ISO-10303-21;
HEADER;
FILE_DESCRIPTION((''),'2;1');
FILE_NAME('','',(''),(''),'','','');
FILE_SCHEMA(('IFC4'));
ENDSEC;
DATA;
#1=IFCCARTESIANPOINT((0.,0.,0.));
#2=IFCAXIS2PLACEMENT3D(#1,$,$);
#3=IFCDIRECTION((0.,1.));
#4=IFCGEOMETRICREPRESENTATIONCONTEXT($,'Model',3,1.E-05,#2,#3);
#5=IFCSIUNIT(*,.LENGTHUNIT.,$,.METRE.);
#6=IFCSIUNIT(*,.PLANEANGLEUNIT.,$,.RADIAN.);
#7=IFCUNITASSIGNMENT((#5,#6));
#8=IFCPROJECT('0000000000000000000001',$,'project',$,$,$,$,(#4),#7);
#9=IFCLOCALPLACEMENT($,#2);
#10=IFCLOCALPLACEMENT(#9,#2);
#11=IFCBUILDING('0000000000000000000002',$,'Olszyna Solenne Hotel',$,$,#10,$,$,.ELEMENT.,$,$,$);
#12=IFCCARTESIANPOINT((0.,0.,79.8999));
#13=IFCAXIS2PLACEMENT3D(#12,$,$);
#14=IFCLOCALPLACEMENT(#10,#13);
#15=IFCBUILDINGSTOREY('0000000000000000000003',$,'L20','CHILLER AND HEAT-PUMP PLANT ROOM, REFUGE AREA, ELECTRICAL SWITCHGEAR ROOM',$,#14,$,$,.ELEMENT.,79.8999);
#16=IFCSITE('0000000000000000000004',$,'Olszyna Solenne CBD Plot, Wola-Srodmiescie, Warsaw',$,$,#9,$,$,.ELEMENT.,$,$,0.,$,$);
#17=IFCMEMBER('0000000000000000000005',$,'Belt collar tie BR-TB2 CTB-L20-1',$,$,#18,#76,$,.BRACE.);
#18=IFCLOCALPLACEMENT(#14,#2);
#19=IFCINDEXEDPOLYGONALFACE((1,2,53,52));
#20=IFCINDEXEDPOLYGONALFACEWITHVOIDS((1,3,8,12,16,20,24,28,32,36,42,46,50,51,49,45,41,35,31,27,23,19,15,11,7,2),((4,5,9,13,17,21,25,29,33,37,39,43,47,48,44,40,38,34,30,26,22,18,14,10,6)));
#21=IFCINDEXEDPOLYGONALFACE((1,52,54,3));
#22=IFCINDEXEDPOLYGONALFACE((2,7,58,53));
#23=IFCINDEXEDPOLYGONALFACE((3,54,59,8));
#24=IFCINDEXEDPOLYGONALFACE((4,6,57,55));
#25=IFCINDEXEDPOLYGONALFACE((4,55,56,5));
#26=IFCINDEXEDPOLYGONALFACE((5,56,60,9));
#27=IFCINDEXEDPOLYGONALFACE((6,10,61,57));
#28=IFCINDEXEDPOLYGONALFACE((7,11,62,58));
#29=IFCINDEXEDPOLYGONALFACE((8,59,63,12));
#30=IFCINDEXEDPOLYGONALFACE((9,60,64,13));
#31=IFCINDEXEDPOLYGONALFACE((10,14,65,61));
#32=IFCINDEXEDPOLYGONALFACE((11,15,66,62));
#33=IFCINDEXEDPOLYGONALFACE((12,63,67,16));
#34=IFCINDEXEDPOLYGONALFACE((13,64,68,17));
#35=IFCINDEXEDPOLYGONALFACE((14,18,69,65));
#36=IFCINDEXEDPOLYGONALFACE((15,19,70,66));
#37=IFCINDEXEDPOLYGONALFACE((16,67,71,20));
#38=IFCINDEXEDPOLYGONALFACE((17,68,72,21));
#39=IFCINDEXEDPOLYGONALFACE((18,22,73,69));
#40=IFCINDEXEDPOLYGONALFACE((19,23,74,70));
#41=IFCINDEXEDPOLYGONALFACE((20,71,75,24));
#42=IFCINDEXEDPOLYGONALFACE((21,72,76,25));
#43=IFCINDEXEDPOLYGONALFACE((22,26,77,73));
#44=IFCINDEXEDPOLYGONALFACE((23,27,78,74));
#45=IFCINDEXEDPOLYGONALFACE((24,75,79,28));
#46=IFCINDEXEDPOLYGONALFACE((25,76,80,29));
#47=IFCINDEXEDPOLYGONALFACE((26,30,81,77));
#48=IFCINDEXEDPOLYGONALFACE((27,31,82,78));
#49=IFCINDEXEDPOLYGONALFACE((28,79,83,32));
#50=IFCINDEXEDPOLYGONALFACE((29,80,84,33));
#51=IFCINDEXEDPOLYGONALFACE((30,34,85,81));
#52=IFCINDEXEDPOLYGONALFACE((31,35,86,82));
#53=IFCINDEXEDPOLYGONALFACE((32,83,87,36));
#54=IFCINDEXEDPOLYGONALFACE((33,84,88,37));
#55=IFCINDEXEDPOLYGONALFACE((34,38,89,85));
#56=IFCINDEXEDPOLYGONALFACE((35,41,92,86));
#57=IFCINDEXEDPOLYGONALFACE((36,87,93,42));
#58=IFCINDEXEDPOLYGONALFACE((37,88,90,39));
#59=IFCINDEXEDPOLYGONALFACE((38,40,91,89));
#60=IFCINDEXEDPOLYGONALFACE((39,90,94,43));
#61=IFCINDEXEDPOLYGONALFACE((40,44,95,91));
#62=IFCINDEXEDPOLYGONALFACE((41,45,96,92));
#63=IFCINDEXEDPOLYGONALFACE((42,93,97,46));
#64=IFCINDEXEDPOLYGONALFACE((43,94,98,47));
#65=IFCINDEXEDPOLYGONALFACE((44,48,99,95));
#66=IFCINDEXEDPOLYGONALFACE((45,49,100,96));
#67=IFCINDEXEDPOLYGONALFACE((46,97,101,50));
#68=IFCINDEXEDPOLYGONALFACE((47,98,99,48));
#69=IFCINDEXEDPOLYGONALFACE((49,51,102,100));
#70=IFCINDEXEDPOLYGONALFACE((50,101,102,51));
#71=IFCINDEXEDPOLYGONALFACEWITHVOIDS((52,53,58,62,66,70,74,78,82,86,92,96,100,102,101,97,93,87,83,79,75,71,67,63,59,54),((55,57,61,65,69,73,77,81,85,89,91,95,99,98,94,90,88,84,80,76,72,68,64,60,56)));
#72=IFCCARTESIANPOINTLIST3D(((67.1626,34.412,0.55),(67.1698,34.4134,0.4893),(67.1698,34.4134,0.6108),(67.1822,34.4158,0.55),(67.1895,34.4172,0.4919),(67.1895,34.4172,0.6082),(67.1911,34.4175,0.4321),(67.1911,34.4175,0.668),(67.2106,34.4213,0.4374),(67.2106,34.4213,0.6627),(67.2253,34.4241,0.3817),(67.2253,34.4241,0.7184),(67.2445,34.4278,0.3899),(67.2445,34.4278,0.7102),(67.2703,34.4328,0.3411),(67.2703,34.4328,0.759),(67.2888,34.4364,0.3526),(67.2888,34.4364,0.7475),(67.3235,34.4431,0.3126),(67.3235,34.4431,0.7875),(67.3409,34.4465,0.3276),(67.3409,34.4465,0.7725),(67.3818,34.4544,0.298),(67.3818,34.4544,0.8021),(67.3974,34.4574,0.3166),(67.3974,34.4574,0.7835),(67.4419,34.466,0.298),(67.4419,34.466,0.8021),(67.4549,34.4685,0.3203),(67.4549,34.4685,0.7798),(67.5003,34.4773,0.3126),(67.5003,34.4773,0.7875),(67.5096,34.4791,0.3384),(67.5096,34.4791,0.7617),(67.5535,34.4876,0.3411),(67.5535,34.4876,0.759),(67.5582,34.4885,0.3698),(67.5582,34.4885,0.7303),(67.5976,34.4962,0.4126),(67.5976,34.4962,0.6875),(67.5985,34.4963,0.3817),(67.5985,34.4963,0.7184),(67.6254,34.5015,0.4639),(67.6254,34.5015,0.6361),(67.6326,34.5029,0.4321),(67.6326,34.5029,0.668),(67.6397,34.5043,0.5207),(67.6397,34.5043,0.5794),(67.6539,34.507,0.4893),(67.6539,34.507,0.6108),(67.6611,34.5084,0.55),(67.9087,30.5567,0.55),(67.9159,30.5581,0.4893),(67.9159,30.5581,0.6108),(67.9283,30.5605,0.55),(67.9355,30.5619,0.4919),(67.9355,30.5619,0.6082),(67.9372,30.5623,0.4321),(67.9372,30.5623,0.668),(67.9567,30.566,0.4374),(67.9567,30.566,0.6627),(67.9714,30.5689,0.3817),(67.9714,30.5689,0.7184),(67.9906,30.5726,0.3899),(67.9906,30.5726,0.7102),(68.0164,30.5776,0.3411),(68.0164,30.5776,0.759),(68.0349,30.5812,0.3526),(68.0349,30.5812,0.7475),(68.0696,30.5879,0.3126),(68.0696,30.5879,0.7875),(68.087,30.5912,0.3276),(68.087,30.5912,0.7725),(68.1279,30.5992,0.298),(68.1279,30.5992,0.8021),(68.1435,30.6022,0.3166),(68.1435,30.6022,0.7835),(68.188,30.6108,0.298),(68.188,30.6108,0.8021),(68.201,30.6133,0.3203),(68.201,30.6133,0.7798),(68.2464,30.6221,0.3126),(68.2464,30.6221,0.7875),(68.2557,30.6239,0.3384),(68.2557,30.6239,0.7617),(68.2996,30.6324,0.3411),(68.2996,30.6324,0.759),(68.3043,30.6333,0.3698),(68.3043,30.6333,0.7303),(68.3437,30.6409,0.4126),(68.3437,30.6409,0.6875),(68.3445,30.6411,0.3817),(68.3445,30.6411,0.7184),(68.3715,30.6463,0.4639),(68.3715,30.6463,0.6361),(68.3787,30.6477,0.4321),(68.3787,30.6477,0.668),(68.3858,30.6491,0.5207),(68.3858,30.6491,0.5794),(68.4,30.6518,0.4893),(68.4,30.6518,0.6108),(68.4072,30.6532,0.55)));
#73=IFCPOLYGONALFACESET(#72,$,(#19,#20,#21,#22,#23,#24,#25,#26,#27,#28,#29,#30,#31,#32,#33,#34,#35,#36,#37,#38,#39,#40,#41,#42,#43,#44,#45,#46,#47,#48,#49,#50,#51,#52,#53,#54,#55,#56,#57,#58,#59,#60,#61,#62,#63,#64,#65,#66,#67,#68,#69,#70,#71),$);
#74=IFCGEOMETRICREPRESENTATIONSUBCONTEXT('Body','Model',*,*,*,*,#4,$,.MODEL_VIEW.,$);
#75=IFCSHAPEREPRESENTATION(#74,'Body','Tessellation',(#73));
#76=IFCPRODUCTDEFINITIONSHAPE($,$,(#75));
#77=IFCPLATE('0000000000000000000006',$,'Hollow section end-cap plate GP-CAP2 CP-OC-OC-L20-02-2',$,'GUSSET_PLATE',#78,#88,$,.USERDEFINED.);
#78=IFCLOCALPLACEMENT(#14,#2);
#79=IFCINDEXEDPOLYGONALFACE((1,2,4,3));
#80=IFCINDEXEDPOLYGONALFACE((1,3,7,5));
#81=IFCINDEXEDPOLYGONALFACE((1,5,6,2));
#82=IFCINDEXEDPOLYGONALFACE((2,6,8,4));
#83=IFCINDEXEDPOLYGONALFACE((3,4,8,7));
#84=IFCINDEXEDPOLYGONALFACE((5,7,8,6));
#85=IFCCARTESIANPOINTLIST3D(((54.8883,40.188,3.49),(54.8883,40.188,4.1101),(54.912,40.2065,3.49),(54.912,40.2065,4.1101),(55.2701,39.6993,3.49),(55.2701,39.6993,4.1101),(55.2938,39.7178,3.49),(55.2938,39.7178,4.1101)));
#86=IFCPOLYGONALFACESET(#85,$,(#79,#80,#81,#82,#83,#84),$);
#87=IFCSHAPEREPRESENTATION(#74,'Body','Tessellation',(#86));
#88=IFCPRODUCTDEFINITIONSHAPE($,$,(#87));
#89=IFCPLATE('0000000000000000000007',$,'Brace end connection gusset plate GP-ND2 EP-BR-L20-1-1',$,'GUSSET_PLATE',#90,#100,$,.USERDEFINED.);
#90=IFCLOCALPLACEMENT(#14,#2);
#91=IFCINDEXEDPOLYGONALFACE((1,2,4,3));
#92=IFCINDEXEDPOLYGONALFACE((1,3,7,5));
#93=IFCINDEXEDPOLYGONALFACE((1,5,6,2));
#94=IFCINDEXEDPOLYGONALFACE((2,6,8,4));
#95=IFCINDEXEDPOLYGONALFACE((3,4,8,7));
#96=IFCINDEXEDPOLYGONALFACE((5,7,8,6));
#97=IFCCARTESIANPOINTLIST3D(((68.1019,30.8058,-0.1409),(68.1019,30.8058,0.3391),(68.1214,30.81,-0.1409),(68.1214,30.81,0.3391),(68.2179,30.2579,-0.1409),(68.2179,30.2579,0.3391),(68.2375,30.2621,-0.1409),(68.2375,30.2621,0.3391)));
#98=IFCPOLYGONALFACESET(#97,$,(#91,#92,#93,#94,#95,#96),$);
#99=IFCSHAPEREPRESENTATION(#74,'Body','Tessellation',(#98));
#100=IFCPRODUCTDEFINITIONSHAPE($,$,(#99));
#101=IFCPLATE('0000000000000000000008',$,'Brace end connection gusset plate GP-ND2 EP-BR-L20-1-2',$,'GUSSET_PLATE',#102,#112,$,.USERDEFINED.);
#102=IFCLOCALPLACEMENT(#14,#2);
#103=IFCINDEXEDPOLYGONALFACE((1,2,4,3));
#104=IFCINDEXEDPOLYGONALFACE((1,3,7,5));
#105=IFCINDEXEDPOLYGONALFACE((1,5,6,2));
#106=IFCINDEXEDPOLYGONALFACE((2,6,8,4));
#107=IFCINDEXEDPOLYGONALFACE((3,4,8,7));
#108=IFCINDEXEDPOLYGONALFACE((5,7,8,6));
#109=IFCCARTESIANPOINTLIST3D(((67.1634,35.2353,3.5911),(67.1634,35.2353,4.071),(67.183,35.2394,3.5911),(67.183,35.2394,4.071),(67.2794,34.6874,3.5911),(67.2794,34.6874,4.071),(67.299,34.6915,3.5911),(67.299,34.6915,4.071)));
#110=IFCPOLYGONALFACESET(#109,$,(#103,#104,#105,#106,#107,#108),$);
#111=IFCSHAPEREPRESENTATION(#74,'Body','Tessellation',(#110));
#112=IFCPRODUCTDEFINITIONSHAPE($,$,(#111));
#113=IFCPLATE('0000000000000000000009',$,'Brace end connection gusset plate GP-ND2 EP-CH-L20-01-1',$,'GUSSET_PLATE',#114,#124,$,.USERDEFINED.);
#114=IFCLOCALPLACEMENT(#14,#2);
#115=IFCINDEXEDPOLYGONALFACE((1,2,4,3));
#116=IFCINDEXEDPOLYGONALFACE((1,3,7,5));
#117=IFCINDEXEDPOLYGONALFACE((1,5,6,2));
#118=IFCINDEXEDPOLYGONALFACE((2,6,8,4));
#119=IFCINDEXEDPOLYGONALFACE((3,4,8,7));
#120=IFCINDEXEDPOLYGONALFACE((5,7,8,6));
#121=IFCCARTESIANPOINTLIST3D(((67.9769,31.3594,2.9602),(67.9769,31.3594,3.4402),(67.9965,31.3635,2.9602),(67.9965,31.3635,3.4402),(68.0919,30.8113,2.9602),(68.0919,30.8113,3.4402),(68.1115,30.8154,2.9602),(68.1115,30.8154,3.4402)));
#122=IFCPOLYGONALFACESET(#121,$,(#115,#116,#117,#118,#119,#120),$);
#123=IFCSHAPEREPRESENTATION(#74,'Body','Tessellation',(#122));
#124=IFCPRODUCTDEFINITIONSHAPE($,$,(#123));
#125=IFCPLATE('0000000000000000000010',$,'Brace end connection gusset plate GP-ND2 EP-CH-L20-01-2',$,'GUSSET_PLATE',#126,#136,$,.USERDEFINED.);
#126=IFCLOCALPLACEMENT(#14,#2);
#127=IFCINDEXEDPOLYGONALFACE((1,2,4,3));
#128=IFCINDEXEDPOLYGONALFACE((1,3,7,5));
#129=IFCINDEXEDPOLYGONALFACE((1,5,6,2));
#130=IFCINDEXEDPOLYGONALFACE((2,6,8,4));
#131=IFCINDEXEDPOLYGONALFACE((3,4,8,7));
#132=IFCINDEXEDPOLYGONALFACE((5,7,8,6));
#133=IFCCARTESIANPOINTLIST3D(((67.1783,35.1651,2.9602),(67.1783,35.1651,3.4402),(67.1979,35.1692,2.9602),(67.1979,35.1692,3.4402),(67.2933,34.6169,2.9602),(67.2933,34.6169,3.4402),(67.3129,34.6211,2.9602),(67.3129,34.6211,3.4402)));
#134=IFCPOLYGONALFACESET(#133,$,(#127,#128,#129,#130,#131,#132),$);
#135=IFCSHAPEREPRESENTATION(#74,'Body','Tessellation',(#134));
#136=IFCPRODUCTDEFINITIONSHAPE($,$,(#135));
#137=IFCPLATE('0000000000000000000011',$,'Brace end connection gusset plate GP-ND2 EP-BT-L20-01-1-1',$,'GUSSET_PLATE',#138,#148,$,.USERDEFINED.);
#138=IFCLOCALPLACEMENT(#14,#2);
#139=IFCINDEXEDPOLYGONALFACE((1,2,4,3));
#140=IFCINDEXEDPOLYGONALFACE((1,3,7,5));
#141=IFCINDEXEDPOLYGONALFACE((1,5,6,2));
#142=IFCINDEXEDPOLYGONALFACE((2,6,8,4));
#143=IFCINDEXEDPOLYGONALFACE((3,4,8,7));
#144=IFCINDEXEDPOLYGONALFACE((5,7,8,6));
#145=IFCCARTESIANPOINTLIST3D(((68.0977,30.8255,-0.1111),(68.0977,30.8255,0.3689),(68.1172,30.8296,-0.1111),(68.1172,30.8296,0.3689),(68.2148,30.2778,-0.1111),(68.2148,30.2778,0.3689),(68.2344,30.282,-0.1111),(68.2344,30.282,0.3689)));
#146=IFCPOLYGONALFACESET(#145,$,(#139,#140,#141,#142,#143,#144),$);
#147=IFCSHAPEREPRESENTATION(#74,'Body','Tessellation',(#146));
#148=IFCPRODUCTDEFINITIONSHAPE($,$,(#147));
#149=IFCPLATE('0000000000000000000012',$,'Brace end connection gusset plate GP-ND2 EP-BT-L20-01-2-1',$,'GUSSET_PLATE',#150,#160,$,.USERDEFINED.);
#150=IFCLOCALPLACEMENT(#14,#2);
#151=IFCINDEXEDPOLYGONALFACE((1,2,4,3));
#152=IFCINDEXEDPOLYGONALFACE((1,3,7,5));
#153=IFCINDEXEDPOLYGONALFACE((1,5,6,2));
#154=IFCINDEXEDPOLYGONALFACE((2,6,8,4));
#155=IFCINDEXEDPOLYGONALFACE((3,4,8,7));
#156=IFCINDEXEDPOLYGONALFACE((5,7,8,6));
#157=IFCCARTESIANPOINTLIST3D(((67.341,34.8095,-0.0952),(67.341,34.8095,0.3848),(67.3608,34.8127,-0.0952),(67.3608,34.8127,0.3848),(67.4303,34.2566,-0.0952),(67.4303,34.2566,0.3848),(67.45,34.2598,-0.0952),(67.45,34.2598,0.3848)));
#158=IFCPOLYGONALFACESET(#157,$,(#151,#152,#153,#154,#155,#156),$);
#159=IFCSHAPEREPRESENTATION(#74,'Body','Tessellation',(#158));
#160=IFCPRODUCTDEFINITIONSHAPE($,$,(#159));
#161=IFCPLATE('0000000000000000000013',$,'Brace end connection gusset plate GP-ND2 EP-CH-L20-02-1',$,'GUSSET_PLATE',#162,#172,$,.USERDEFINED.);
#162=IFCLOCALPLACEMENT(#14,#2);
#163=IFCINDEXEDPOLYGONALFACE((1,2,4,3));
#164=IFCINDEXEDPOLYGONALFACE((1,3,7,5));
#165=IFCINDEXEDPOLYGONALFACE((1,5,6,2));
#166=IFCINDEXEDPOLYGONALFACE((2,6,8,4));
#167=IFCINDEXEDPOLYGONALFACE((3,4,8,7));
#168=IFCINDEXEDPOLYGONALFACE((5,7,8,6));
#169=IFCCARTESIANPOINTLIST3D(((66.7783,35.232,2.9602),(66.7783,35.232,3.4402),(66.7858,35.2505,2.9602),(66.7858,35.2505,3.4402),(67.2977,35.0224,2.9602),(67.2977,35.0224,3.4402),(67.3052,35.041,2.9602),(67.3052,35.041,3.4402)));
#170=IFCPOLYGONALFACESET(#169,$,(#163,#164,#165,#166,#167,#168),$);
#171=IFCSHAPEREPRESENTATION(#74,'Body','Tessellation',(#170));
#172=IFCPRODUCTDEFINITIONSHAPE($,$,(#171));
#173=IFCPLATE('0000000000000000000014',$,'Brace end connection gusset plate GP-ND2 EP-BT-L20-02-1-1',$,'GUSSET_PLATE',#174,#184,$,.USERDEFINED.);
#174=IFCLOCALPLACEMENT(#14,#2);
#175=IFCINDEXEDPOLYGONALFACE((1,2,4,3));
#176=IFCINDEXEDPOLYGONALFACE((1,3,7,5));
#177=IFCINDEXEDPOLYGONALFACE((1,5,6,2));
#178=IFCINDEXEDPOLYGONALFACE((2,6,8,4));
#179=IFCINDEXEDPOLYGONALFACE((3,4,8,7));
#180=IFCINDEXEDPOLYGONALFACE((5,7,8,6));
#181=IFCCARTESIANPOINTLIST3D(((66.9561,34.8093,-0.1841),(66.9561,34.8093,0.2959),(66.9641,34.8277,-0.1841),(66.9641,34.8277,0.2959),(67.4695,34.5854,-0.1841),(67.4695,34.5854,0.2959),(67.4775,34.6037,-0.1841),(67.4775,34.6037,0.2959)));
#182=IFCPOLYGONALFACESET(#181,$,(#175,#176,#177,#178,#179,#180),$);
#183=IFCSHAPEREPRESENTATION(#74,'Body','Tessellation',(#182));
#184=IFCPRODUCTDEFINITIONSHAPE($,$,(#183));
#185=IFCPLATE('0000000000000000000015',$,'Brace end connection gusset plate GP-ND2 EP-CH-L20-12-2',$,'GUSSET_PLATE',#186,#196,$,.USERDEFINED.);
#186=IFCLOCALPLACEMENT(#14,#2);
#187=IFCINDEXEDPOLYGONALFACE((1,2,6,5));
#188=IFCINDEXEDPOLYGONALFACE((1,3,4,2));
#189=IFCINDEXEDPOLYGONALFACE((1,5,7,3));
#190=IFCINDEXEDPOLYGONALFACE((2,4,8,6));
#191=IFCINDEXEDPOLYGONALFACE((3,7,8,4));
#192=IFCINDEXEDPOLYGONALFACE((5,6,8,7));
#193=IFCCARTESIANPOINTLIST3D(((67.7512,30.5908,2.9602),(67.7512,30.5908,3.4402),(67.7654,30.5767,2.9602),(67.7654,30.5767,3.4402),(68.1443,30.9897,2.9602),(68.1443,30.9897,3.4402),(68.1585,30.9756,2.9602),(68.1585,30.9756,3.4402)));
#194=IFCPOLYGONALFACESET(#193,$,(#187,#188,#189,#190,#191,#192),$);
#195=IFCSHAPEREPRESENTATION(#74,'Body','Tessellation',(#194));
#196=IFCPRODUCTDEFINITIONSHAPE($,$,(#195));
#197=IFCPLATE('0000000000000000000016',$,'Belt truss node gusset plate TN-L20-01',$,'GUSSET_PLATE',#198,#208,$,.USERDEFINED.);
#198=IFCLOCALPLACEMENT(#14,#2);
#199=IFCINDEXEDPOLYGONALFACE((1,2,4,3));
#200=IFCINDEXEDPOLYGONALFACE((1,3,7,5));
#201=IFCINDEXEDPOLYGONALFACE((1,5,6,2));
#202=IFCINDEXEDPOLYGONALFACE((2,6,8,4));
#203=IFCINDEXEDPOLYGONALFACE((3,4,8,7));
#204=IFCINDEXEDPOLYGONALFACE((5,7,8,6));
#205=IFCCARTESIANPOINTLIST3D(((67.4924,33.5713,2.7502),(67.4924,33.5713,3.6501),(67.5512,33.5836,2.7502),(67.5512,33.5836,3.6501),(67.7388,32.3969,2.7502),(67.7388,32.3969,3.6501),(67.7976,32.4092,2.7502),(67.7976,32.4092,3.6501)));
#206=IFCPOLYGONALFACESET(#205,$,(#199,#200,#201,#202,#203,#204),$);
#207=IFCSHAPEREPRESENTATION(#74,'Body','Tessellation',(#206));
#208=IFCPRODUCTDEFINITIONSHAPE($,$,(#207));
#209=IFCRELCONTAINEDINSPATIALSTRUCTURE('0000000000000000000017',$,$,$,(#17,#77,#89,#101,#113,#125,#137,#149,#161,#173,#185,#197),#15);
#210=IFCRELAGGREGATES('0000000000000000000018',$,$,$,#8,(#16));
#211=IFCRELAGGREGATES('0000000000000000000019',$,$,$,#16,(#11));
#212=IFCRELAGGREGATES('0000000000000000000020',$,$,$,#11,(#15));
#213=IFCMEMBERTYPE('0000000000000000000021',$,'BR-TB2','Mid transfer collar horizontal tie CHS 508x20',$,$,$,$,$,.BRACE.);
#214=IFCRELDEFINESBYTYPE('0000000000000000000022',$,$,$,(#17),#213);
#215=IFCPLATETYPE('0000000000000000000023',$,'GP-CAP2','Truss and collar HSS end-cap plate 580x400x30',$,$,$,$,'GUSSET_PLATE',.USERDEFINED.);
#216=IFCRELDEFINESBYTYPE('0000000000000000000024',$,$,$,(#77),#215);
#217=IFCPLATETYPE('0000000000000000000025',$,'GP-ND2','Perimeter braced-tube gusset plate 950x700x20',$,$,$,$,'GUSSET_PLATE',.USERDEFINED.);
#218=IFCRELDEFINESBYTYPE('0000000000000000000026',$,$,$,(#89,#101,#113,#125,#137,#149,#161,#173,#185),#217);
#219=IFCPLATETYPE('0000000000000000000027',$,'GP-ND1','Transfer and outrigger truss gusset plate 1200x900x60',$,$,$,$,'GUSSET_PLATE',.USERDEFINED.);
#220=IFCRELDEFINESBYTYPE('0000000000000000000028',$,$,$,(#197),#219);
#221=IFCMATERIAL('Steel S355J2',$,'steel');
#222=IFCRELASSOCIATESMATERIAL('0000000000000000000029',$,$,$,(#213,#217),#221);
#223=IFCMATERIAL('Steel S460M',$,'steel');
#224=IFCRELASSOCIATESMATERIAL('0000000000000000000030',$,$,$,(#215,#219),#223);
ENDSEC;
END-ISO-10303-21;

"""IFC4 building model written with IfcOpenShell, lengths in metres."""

from ifc_helpers import new_model, si_unit, direction, frame, origin, origin_2d, place, context, subcontext, project, spatial, rectangle, hollow_circle, extrude, source, transform, mapped, material, material_profile, profile_set, type_object, element, save


model = new_model("IFC4")

# Units and contexts
model_context = context("Model", 3, precision=1e-05, world=origin(), true_north=direction((0.0, 1.0)))
body_context = subcontext(model_context, "Body", "Model", "MODEL_VIEW")
ifc_project = project(units=[si_unit("LENGTHUNIT", "METRE"), si_unit("PLANEANGLEUNIT", "RADIAN")], contexts=[model_context])

# Site, building, storey
site_placement = place(None, origin())
site = spatial("IfcSite", under=ifc_project, at=site_placement, Name="Olszyna Solenne CBD Plot, Wola-Srodmiescie, Warsaw", CompositionType="ELEMENT", RefElevation=0.0)
building_placement = place(site_placement, origin())
building = spatial("IfcBuilding", under=site, at=building_placement, Name="Olszyna Solenne Hotel", CompositionType="ELEMENT")
storey_placement = place(building_placement, frame((0.0, 0.0, 79.8999)))
storey = spatial("IfcBuildingStorey", under=building, at=storey_placement, Name="L20", Description="CHILLER AND HEAT-PUMP PLANT ROOM, REFUGE AREA, ELECTRICAL SWITCHGEAR ROOM", CompositionType="ELEMENT", Elevation=79.8999)

# Shared definitions
ifc_material_1 = material(Name="Steel S460M", Category="steel")

# Shared definitions
ifc_material_2 = material(Name="Steel S355J2", Category="steel")

# Member
ifc_material_profile_1 = material_profile(ifc_material_2, hollow_circle(Radius=0.2539, WallThickness=0.02, at=origin_2d()), Name="CHS 508x20", Category="load-bearing")
ifc_profile_set_1 = profile_set([ifc_material_profile_1], Name="Steel S355J2")
member_type_1 = type_object("IfcMemberType", Name="BR-TB2", Description="Mid transfer collar horizontal tie CHS 508x20", PredefinedType="BRACE", material=ifc_profile_set_1)
shared_shape_1 = source(origin(), body_context, "Body", "SweptSolid", [
    extrude(hollow_circle(Radius=0.2539, WallThickness=0.02, at=origin_2d()), origin(), (0.0, 0.0, 1.0), 3.9268),
])
member_1_placement = place(storey_placement, frame((68.158, 30.605, 0.55), z_axis=(-0.190003, 0.981784, 0.0), x_axis=(-0.981784, -0.190003, 0.0)))
element("IfcMember", 1, at=member_1_placement, inside=storey, type_object=member_type_1, Name="Belt collar tie BR-TB2 CTB-L20-1", PredefinedType="BRACE", context=body_context, shape_type="MappedRepresentation", body=[
    mapped(shared_shape_1, transform((0.0, 0.0, 0.0), x_axis=(1.0, 0.0, 0.0), y_axis=(0.0, 1.0, 0.0), z_axis=(0.0, 0.0, 1.0), scale=1.0)),
])

# Plates
plate_type_1 = type_object("IfcPlateType", Name="GP-CAP2", Description="Truss and collar HSS end-cap plate 580x400x30", ElementType="GUSSET_PLATE", PredefinedType="USERDEFINED", material=ifc_material_1)
shared_shape_2 = source(origin(), body_context, "Body", "SweptSolid", [
    extrude(rectangle(XDim=0.03, YDim=0.6201, at=origin_2d()), origin(), (0.0, 0.0, 1.0), 0.6201),
])
plate_1_placement = place(storey_placement, frame((55.0911, 39.9529, 3.49), z_axis=(0.0, 0.0, 1.0), x_axis=(0.788011, 0.615661, 0.0)))
element("IfcPlate", 2, at=plate_1_placement, inside=storey, type_object=plate_type_1, Name="Hollow section end-cap plate GP-CAP2 CP-OC-OC-L20-02-2", ObjectType="GUSSET_PLATE", PredefinedType="USERDEFINED", context=body_context, shape_type="MappedRepresentation", body=[
    mapped(shared_shape_2, transform((0.0, 0.0, 0.0), x_axis=(1.0, 0.0, 0.0), y_axis=(0.0, 1.0, 0.0), z_axis=(0.0, 0.0, 1.0), scale=1.0)),
])
plate_type_2 = type_object("IfcPlateType", Name="GP-ND2", Description="Perimeter braced-tube gusset plate 950x700x20", ElementType="GUSSET_PLATE", PredefinedType="USERDEFINED", material=ifc_material_2)
shared_shape_3 = source(origin(), body_context, "Body", "SweptSolid", [
    extrude(rectangle(XDim=0.5601, YDim=0.02, at=origin_2d()), origin(), (0.0, 0.0, 1.0), 0.48),
])
for number, where, z_axis, x_axis, name in (
    (3, (68.1697, 30.5339, -0.1409), (0.0, 0.0, 1.0), (-0.207229, 0.978293, 0.0), "Brace end connection gusset plate GP-ND2 EP-BR-L20-1-1"),
    (4, (67.2312, 34.9634, 3.5911), (0.0, 0.0, 1.0), (-0.207229, 0.978293, 0.0), "Brace end connection gusset plate GP-ND2 EP-BR-L20-1-2"),
    (5, (68.0442, 31.0874, 2.9602), (0.0, 0.0, 1.0), (-0.20535, 0.978689, 0.0), "Brace end connection gusset plate GP-ND2 EP-CH-L20-01-1"),
    (6, (67.2456, 34.8931, 2.9602), (0.0, 0.0, 1.0), (-0.20535, 0.978689, 0.0), "Brace end connection gusset plate GP-ND2 EP-CH-L20-01-2"),
    (7, (68.166, 30.5537, -0.1111), (0.0, 0.0, 1.0), (-0.209107, 0.977893, 0.0), "Brace end connection gusset plate GP-ND2 EP-BT-L20-01-1-1"),
    (8, (67.3955, 34.5347, -0.0952), (0.0, 0.0, 1.0), (0.159364, -0.98722, 0.0), "Brace end connection gusset plate GP-ND2 EP-BT-L20-01-2-1"),
    (9, (67.0417, 35.1365, 2.9602), (0.0, 0.0, 1.0), (-0.92738, 0.374121, 0.0), "Brace end connection gusset plate GP-ND2 EP-CH-L20-02-1"),
    (10, (67.2168, 34.7065, -0.1841), (0.0, 0.0, 1.0), (-0.916572, 0.399869, 0.0), "Brace end connection gusset plate GP-ND2 EP-BT-L20-02-1-1"),
    (11, (67.9548, 30.7832, 2.9602), (0.0, 0.0, 1.0), (0.701904, 0.712271, 0.0), "Brace end connection gusset plate GP-ND2 EP-CH-L20-12-2"),
):
    element("IfcPlate", number, at=place(storey_placement, frame(where, z_axis=z_axis, x_axis=x_axis)), inside=storey, type_object=plate_type_2, Name=name, ObjectType="GUSSET_PLATE", PredefinedType="USERDEFINED", context=body_context, shape_type="MappedRepresentation", body=[
        mapped(shared_shape_3, transform((0.0, 0.0, 0.0), x_axis=(1.0, 0.0, 0.0), y_axis=(0.0, 1.0, 0.0), z_axis=(0.0, 0.0, 1.0), scale=1.0)),
    ])
plate_type_3 = type_object("IfcPlateType", Name="GP-ND1", Description="Transfer and outrigger truss gusset plate 1200x900x60", ElementType="GUSSET_PLATE", PredefinedType="USERDEFINED", material=ifc_material_1)
shared_shape_4 = source(origin(), body_context, "Body", "SweptSolid", [
    extrude(rectangle(XDim=1.2, YDim=0.0601, at=origin_2d()), origin(), (0.0, 0.0, 1.0), 0.8999),
])
for number, where, z_axis, x_axis, name in (
    (12, (67.645, 32.9902, 2.7502), (0.0, 0.0, 1.0), (-0.20535, 0.978689, 0.0), "Belt truss node gusset plate TN-L20-01"),
):
    element("IfcPlate", number, at=place(storey_placement, frame(where, z_axis=z_axis, x_axis=x_axis)), inside=storey, type_object=plate_type_3, Name=name, ObjectType="GUSSET_PLATE", PredefinedType="USERDEFINED", context=body_context, shape_type="MappedRepresentation", body=[
        mapped(shared_shape_4, transform((0.0, 0.0, 0.0), x_axis=(1.0, 0.0, 0.0), y_axis=(0.0, 1.0, 0.0), z_axis=(0.0, 0.0, 1.0), scale=1.0)),
    ])

save(model, "model.ifc")
